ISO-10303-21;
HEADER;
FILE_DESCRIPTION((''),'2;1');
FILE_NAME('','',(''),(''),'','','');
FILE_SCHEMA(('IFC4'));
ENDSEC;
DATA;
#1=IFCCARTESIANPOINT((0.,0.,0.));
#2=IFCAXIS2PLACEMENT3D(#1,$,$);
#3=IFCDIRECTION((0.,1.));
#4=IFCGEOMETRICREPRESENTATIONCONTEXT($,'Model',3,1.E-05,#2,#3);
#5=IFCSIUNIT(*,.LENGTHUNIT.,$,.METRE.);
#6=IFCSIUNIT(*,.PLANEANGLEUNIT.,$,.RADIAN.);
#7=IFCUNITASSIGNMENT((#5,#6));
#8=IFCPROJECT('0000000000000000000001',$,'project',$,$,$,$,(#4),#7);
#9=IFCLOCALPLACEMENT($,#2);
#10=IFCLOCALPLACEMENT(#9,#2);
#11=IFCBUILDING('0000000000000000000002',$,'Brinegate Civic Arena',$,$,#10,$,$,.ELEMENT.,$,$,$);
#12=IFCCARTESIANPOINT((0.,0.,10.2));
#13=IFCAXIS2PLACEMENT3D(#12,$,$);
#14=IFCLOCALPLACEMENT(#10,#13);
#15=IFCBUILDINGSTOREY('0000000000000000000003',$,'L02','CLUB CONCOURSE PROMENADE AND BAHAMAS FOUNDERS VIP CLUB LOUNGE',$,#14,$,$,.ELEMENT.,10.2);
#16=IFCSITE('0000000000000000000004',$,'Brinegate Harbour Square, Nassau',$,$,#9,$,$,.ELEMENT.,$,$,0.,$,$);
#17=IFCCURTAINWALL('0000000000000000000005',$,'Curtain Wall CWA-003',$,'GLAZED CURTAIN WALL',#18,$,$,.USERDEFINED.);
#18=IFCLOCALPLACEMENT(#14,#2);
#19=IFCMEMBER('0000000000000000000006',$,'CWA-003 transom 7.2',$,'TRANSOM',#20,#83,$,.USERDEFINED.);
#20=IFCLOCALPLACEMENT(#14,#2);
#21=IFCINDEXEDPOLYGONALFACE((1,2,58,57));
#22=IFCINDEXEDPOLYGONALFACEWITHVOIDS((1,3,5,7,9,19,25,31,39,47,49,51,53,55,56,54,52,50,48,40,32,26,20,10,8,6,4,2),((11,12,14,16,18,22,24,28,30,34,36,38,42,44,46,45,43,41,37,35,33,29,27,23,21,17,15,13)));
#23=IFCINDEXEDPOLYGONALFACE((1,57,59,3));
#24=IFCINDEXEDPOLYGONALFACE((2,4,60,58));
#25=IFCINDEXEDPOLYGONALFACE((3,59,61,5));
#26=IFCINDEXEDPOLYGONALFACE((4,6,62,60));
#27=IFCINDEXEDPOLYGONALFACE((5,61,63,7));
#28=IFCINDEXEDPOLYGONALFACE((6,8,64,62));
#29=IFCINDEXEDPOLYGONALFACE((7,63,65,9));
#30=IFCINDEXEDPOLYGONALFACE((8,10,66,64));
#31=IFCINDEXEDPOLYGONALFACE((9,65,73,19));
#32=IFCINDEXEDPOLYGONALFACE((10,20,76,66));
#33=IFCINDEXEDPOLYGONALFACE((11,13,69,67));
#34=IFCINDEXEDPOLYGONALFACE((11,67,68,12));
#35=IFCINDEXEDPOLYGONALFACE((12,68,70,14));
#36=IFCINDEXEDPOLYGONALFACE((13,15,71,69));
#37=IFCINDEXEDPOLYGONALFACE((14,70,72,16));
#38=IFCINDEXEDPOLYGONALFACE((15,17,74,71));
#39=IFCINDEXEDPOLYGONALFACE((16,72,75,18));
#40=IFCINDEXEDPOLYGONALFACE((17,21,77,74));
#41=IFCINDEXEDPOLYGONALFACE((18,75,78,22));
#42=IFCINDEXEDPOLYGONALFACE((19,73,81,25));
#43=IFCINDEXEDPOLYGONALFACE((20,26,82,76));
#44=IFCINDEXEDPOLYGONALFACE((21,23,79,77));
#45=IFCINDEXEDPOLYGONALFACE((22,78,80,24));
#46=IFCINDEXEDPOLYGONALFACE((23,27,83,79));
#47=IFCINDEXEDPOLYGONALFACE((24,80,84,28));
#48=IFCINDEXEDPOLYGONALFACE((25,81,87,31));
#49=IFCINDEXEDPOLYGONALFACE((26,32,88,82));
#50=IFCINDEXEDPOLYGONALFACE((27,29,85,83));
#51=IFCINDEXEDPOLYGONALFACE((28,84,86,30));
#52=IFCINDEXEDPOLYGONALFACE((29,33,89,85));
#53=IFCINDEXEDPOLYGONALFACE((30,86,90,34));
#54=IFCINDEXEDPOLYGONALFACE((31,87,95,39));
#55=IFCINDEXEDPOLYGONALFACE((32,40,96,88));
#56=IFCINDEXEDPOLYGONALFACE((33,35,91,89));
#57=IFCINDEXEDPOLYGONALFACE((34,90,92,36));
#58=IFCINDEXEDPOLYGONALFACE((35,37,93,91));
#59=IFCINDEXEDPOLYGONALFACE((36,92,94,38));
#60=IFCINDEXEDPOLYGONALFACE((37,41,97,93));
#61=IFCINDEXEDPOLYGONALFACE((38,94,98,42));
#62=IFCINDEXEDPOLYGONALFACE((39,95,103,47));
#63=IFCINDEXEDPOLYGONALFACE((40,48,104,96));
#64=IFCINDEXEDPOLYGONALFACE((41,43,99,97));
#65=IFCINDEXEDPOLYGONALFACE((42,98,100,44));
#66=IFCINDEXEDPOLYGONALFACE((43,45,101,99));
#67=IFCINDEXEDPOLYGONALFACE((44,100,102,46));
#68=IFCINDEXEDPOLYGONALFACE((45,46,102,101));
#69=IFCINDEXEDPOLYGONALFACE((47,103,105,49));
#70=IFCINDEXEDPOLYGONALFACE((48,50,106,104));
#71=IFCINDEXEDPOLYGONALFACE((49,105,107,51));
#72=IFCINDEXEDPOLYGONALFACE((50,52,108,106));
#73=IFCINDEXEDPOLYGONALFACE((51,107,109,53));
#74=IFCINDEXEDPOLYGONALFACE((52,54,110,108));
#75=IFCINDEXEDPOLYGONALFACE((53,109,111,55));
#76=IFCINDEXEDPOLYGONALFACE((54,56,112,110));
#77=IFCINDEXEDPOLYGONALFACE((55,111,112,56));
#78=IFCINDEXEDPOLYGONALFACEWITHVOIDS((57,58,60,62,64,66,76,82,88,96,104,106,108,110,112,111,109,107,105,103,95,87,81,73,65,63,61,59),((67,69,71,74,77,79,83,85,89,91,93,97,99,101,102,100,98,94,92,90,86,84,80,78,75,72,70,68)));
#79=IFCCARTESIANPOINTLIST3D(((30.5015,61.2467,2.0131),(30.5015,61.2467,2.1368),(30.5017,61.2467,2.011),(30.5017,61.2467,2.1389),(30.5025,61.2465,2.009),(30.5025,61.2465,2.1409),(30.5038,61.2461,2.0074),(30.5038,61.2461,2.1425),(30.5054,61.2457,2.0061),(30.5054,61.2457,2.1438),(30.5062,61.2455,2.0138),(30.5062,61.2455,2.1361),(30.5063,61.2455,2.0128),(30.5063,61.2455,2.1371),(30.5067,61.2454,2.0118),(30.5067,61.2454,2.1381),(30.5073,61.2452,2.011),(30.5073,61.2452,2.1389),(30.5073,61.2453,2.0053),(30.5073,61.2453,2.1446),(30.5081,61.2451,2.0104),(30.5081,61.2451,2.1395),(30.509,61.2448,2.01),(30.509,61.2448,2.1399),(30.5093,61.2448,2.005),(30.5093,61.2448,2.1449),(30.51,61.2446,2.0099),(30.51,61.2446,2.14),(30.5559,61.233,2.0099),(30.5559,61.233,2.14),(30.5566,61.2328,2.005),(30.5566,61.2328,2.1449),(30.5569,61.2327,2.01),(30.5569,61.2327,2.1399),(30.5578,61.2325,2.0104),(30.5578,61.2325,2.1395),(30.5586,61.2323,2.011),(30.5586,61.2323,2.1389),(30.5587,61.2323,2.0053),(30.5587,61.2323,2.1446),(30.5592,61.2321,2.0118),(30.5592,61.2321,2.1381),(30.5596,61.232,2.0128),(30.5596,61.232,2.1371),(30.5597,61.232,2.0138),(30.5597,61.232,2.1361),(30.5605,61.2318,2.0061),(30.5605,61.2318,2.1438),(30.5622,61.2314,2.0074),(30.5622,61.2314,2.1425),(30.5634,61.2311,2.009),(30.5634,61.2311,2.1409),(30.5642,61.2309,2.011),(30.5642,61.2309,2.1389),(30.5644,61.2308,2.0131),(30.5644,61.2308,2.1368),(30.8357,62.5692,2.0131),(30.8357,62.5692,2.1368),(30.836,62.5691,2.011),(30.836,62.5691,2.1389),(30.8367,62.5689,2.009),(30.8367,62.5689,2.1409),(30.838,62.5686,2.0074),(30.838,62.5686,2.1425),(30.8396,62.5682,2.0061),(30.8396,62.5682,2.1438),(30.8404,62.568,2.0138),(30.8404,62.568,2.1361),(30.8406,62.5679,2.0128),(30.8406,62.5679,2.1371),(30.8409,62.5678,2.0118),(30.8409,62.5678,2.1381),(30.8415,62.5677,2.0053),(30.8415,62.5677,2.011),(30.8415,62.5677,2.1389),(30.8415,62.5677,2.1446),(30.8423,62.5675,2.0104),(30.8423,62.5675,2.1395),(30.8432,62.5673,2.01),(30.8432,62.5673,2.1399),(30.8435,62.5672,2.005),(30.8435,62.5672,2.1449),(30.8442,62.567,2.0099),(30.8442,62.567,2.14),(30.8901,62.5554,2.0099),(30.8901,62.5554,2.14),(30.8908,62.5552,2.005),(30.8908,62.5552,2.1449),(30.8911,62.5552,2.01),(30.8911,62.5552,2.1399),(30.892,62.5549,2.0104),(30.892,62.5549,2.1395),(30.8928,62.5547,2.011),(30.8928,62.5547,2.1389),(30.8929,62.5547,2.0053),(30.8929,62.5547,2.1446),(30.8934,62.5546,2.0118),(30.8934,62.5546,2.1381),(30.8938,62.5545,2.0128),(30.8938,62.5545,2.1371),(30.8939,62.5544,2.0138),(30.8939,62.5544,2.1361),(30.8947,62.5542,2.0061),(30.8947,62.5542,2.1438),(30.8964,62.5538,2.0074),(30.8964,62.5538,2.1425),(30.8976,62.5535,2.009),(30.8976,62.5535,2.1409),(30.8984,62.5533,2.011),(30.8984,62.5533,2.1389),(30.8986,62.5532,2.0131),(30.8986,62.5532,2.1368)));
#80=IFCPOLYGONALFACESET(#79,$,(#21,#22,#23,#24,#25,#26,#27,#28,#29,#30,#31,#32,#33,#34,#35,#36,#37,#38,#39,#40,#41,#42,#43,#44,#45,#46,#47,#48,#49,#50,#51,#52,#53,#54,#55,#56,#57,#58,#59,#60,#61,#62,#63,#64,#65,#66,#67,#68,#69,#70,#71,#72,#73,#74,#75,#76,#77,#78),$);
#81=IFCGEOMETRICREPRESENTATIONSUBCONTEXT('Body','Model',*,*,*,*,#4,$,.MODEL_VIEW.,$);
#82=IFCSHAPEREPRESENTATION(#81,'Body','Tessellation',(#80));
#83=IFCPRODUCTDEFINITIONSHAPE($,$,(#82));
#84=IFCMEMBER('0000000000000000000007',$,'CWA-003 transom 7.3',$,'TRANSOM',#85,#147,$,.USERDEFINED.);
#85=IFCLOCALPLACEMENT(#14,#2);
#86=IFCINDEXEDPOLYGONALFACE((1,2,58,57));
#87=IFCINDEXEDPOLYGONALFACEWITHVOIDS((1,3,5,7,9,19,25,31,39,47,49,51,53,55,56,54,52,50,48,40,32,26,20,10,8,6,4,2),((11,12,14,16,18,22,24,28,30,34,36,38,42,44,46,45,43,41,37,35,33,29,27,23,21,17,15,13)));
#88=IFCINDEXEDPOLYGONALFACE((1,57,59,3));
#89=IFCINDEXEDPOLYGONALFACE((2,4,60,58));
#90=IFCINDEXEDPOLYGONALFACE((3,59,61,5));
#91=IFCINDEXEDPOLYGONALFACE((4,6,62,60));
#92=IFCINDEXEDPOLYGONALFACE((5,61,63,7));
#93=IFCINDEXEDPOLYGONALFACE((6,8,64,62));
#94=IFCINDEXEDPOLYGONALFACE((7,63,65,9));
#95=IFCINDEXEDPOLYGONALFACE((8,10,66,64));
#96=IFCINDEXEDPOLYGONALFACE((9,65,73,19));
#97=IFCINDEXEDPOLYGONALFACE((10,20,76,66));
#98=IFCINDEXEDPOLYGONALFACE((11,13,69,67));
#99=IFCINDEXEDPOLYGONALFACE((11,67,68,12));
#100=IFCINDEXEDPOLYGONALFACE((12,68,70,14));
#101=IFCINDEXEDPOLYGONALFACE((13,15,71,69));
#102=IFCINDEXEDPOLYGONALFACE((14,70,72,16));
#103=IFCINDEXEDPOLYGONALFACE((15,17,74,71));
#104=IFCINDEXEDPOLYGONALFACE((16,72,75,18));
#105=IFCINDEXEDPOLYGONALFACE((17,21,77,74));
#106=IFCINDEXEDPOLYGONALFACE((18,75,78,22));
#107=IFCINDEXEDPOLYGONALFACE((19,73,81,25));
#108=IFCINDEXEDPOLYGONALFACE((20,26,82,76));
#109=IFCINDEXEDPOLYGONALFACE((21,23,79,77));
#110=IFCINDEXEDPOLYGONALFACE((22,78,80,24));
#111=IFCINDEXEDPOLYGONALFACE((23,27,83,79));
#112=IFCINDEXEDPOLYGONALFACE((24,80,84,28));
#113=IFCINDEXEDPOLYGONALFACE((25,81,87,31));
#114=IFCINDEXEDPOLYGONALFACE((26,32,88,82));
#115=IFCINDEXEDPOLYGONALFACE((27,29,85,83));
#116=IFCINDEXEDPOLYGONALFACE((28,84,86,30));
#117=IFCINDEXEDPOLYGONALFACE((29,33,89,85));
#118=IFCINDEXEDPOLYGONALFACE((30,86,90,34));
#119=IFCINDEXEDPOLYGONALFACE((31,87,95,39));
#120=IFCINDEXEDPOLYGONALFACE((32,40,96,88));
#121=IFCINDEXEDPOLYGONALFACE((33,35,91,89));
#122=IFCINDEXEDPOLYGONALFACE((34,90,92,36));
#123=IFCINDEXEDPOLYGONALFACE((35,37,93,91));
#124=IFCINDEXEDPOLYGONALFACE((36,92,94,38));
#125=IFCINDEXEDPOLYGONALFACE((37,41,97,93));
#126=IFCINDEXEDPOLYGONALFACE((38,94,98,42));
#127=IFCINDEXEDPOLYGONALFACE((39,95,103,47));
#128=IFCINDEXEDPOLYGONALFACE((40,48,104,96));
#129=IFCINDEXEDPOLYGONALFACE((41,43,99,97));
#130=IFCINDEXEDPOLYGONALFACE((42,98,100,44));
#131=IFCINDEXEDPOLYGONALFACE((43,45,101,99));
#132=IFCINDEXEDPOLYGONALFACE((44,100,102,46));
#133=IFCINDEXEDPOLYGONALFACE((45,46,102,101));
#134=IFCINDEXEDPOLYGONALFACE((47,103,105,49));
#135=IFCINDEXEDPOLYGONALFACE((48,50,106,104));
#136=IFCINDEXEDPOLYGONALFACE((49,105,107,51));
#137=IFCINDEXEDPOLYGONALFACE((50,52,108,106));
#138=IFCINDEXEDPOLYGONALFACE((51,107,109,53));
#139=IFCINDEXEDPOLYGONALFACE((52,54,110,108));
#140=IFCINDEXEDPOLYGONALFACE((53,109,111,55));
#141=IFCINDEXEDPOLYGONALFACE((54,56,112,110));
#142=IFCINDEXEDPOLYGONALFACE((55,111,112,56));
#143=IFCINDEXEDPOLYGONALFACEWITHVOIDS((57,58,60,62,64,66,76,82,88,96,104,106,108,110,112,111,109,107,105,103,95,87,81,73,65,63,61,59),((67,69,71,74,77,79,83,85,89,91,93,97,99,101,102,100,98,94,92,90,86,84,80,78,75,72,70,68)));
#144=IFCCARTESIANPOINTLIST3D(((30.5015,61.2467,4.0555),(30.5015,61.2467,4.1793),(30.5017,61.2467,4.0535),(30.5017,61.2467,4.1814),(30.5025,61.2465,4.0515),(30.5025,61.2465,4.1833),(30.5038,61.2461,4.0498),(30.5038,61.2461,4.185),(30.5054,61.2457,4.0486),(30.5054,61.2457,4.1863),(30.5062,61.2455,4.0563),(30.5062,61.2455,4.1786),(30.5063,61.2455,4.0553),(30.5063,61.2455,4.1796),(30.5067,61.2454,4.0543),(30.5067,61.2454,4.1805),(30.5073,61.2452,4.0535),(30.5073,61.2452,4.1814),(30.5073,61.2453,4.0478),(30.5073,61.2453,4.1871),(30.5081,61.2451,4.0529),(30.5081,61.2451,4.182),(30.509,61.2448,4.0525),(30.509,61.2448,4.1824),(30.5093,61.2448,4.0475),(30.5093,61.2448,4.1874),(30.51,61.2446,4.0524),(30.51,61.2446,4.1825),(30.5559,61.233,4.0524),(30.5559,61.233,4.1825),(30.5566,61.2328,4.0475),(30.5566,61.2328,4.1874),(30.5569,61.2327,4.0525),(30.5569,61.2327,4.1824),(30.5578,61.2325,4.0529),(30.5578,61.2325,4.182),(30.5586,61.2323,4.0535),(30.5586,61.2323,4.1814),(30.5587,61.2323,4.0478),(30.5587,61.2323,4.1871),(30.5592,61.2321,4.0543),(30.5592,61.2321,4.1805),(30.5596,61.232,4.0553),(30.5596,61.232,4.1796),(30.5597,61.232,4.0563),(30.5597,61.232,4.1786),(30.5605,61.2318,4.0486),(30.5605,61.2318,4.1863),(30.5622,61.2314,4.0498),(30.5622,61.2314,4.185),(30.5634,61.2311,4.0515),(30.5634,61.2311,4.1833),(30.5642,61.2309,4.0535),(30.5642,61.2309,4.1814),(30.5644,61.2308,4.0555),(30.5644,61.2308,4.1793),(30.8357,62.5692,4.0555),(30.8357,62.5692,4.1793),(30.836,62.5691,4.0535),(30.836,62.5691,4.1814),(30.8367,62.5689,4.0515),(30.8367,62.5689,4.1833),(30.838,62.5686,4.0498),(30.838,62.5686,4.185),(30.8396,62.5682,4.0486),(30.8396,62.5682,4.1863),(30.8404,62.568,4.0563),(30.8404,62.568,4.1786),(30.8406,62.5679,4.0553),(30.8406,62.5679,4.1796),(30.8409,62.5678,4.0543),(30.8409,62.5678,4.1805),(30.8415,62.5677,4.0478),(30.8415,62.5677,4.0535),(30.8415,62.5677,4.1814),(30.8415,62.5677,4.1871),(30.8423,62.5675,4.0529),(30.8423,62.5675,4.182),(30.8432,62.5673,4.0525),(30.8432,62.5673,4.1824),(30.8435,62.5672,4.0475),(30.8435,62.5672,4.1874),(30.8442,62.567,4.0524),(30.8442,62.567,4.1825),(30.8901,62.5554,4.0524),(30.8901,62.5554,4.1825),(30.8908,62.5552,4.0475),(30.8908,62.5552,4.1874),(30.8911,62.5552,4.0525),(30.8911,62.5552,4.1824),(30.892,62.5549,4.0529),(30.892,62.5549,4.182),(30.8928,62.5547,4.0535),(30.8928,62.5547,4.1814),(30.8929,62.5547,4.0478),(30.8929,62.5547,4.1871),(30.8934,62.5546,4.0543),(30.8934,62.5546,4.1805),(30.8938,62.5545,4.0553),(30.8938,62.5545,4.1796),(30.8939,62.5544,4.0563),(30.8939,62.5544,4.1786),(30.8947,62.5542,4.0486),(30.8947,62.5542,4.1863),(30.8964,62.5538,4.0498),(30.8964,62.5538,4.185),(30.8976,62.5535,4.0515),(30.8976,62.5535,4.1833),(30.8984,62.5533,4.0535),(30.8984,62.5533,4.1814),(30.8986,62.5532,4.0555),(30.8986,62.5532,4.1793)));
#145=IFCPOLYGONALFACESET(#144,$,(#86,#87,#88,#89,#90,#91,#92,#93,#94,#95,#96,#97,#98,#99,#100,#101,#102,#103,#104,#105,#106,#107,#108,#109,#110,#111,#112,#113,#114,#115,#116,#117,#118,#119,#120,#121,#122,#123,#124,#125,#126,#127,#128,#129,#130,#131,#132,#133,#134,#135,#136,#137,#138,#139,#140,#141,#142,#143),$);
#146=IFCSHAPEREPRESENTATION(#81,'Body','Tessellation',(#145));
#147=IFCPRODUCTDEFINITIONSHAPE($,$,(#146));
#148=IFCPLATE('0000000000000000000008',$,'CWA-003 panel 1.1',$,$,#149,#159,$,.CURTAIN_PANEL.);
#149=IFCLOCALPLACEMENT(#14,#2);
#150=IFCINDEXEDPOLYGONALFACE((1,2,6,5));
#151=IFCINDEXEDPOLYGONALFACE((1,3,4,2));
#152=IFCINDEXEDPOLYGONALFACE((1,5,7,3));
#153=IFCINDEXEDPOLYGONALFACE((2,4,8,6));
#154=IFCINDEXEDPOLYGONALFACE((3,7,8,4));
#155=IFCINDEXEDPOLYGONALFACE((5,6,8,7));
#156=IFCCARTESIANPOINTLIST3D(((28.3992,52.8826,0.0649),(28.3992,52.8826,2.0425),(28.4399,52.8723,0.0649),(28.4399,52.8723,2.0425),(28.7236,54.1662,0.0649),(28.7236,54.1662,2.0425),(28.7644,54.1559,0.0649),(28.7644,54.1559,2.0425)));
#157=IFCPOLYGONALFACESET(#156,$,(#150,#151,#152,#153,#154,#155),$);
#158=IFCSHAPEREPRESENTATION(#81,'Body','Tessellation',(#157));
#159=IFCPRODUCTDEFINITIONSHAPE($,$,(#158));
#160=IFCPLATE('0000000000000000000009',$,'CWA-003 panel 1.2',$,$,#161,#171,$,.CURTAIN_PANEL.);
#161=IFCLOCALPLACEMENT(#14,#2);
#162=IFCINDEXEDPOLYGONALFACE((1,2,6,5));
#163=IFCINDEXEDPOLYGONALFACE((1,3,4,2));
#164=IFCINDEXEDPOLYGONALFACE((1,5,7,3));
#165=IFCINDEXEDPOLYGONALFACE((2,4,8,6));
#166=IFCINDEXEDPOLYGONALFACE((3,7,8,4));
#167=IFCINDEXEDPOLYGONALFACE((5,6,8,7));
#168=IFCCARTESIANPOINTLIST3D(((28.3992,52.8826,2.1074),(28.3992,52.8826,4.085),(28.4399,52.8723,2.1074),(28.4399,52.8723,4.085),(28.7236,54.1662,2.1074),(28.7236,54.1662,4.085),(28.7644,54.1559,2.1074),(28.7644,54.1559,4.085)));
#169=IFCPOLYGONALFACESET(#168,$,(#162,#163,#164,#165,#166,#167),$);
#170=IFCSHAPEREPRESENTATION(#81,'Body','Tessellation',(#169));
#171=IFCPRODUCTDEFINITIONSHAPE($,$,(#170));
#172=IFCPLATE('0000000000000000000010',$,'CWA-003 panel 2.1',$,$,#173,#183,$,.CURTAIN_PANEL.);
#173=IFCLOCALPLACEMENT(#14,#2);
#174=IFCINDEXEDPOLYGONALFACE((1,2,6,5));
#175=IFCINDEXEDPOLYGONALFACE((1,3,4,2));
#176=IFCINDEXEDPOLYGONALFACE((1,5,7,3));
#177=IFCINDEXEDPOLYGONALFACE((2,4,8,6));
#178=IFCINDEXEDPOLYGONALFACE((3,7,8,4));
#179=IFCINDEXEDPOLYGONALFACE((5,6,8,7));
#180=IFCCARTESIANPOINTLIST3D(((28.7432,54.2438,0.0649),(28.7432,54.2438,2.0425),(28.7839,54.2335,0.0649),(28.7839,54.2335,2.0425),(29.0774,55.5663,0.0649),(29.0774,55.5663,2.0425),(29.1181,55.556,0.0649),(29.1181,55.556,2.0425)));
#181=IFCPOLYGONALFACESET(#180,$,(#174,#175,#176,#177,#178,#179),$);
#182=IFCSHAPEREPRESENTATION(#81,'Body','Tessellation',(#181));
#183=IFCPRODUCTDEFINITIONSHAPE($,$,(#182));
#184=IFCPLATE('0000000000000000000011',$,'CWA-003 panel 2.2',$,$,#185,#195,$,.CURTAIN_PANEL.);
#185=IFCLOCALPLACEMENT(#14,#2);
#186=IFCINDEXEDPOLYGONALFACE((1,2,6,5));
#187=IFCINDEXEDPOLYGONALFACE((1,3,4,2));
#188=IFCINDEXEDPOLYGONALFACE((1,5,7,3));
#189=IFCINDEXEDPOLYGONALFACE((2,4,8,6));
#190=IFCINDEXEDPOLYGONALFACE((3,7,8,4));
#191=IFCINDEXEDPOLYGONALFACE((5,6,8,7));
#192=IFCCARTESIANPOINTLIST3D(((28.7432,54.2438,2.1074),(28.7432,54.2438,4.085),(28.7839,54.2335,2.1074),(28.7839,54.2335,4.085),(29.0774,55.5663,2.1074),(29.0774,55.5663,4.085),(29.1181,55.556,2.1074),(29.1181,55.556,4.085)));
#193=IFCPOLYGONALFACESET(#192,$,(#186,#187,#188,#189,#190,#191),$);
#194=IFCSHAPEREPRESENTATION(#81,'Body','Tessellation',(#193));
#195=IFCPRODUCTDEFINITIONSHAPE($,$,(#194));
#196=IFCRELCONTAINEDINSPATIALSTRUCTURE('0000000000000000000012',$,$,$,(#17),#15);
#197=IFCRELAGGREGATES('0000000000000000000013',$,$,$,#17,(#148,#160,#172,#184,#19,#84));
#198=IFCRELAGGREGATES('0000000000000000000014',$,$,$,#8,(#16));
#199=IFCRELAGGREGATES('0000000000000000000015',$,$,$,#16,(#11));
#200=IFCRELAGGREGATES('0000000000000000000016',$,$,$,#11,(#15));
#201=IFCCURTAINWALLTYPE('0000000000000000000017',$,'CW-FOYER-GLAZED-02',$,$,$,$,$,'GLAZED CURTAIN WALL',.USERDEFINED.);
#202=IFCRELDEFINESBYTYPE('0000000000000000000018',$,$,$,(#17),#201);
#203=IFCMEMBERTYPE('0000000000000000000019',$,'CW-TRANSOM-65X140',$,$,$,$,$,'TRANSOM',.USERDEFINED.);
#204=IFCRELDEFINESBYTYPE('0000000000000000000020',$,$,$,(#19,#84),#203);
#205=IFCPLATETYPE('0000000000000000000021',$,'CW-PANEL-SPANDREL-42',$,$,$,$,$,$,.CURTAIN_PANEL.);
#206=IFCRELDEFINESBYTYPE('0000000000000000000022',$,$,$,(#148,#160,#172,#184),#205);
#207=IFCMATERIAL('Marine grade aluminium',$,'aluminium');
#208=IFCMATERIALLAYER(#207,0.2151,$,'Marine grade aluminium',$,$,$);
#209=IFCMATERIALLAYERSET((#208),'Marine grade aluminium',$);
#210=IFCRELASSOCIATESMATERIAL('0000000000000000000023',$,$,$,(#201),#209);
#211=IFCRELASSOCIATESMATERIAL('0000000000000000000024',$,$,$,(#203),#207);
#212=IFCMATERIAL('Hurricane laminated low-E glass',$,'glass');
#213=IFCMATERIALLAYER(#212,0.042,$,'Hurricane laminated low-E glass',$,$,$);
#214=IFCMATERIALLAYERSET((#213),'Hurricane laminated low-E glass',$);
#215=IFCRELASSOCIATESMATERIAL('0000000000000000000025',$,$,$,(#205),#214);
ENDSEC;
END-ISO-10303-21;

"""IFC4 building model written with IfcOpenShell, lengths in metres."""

from ifc_helpers import new_model, si_unit, direction, frame, origin, origin_2d, place, context, subcontext, project, spatial, rectangle, hollow_rectangle, extrude, material, layer, layer_set, material_profile, profile_set, type_object, element, aggregate, save


model = new_model("IFC4")

# Units and contexts
model_context = context("Model", 3, precision=1e-05, world=origin(), true_north=direction((0.0, 1.0)))
body_context = subcontext(model_context, "Body", "Model", "MODEL_VIEW")
ifc_project = project(units=[si_unit("LENGTHUNIT", "METRE"), si_unit("PLANEANGLEUNIT", "RADIAN")], contexts=[model_context])

# Site, building, storey
site_placement = place(None, origin())
site = spatial("IfcSite", under=ifc_project, at=site_placement, Name="Brinegate Harbour Square, Nassau", CompositionType="ELEMENT", RefElevation=0.0)
building_placement = place(site_placement, origin())
building = spatial("IfcBuilding", under=site, at=building_placement, Name="Brinegate Civic Arena", CompositionType="ELEMENT")
storey_placement = place(building_placement, frame((0.0, 0.0, 10.2)))
storey = spatial("IfcBuildingStorey", under=building, at=storey_placement, Name="L02", Description="CLUB CONCOURSE PROMENADE AND BAHAMAS FOUNDERS VIP CLUB LOUNGE", CompositionType="ELEMENT", Elevation=10.2)

# Curtain wall, members, plates
ifc_material_1 = material(Name="Marine grade aluminium", Category="aluminium")
ifc_layer_1 = layer(ifc_material_1, 0.2151, Name="Marine grade aluminium")
ifc_layer_set_1 = layer_set([ifc_layer_1], Name="Marine grade aluminium")
curtain_wall_type = type_object("IfcCurtainWallType", Name="CW-FOYER-GLAZED-02", ElementType="GLAZED CURTAIN WALL", PredefinedType="USERDEFINED", material=ifc_layer_set_1)
curtain_wall_placement = place(storey_placement, origin())
curtain_wall = element("IfcCurtainWall", 1, at=curtain_wall_placement, inside=storey, type_object=curtain_wall_type, Name="Curtain Wall CWA-003", ObjectType="GLAZED CURTAIN WALL", PredefinedType="USERDEFINED")
ifc_material_profile_1 = material_profile(ifc_material_1, hollow_rectangle(XDim=0.0649, YDim=0.1399, WallThickness=0.0049, InnerFilletRadius=0.0039, OuterFilletRadius=0.0081, at=origin_2d()), Name="TRN65X140")
ifc_profile_set_1 = profile_set([ifc_material_profile_1], Name="Marine grade aluminium")
member_type_1 = type_object("IfcMemberType", Name="CW-TRANSOM-65X140", ElementType="TRANSOM", PredefinedType="USERDEFINED", material=ifc_profile_set_1)
member_1_placement = place(storey_placement, frame((30.533, 61.2388, 2.075), z_axis=(0.245019, 0.969518, 0.0), x_axis=(-0.969518, 0.245019, 0.0)))
member_1 = element("IfcMember", 2, at=member_1_placement, type_object=member_type_1, Name="CWA-003 transom 7.2", ObjectType="TRANSOM", PredefinedType="USERDEFINED", context=body_context, shape_type="SweptSolid", body=[
    extrude(hollow_rectangle(XDim=0.0649, YDim=0.1399, WallThickness=0.0049, InnerFilletRadius=0.0039, OuterFilletRadius=0.0081, at=origin_2d()), origin(), (0.0, 0.0, 1.0), 1.364),
])
member_2_placement = place(storey_placement, frame((30.533, 61.2388, 4.1174), z_axis=(0.245019, 0.969518, 0.0), x_axis=(-0.969518, 0.245019, 0.0)))
member_2 = element("IfcMember", 3, at=member_2_placement, type_object=member_type_1, Name="CWA-003 transom 7.3", ObjectType="TRANSOM", PredefinedType="USERDEFINED", context=body_context, shape_type="SweptSolid", body=[
    extrude(hollow_rectangle(XDim=0.0649, YDim=0.1399, WallThickness=0.0049, InnerFilletRadius=0.0039, OuterFilletRadius=0.0081, at=origin_2d()), origin(), (0.0, 0.0, 1.0), 1.364),
])
ifc_material_2 = material(Name="Hurricane laminated low-E glass", Category="glass")
ifc_layer_2 = layer(ifc_material_2, 0.042, Name="Hurricane laminated low-E glass")
ifc_layer_set_2 = layer_set([ifc_layer_2], Name="Hurricane laminated low-E glass")
plate_type = type_object("IfcPlateType", Name="CW-PANEL-SPANDREL-42", PredefinedType="CURTAIN_PANEL", material=ifc_layer_set_2)
plate_1_placement = place(storey_placement, frame((28.5818, 53.5193, 0.0649), z_axis=(0.0, 0.0, 1.0), x_axis=(0.245042, 0.969513, 0.0)))
plate_1 = element("IfcPlate", 4, at=plate_1_placement, type_object=plate_type, Name="CWA-003 panel 1.1", PredefinedType="CURTAIN_PANEL", context=body_context, shape_type="SweptSolid", body=[
    extrude(rectangle(XDim=1.324, YDim=0.042, at=origin_2d()), origin(), (0.0, 0.0, 1.0), 1.9775),
])
plate_2_placement = place(storey_placement, frame((28.5818, 53.5193, 2.1074), z_axis=(0.0, 0.0, 1.0), x_axis=(0.245042, 0.969513, 0.0)))
plate_2 = element("IfcPlate", 5, at=plate_2_placement, type_object=plate_type, Name="CWA-003 panel 1.2", PredefinedType="CURTAIN_PANEL", context=body_context, shape_type="SweptSolid", body=[
    extrude(rectangle(XDim=1.324, YDim=0.042, at=origin_2d()), origin(), (0.0, 0.0, 1.0), 1.9775),
])
plate_3_placement = place(storey_placement, frame((28.9307, 54.8999, 0.0649), z_axis=(0.0, 0.0, 1.0), x_axis=(0.245042, 0.969513, 0.0)))
plate_3 = element("IfcPlate", 6, at=plate_3_placement, type_object=plate_type, Name="CWA-003 panel 2.1", PredefinedType="CURTAIN_PANEL", context=body_context, shape_type="SweptSolid", body=[
    extrude(rectangle(XDim=1.364, YDim=0.042, at=origin_2d()), origin(), (0.0, 0.0, 1.0), 1.9775),
])
plate_4_placement = place(storey_placement, frame((28.9307, 54.8999, 2.1074), z_axis=(0.0, 0.0, 1.0), x_axis=(0.245042, 0.969513, 0.0)))
plate_4 = element("IfcPlate", 7, at=plate_4_placement, type_object=plate_type, Name="CWA-003 panel 2.2", PredefinedType="CURTAIN_PANEL", context=body_context, shape_type="SweptSolid", body=[
    extrude(rectangle(XDim=1.364, YDim=0.042, at=origin_2d()), origin(), (0.0, 0.0, 1.0), 1.9775),
])
aggregate(curtain_wall, [plate_1, plate_2, plate_3, plate_4, member_1, member_2])

save(model, "model.ifc")
